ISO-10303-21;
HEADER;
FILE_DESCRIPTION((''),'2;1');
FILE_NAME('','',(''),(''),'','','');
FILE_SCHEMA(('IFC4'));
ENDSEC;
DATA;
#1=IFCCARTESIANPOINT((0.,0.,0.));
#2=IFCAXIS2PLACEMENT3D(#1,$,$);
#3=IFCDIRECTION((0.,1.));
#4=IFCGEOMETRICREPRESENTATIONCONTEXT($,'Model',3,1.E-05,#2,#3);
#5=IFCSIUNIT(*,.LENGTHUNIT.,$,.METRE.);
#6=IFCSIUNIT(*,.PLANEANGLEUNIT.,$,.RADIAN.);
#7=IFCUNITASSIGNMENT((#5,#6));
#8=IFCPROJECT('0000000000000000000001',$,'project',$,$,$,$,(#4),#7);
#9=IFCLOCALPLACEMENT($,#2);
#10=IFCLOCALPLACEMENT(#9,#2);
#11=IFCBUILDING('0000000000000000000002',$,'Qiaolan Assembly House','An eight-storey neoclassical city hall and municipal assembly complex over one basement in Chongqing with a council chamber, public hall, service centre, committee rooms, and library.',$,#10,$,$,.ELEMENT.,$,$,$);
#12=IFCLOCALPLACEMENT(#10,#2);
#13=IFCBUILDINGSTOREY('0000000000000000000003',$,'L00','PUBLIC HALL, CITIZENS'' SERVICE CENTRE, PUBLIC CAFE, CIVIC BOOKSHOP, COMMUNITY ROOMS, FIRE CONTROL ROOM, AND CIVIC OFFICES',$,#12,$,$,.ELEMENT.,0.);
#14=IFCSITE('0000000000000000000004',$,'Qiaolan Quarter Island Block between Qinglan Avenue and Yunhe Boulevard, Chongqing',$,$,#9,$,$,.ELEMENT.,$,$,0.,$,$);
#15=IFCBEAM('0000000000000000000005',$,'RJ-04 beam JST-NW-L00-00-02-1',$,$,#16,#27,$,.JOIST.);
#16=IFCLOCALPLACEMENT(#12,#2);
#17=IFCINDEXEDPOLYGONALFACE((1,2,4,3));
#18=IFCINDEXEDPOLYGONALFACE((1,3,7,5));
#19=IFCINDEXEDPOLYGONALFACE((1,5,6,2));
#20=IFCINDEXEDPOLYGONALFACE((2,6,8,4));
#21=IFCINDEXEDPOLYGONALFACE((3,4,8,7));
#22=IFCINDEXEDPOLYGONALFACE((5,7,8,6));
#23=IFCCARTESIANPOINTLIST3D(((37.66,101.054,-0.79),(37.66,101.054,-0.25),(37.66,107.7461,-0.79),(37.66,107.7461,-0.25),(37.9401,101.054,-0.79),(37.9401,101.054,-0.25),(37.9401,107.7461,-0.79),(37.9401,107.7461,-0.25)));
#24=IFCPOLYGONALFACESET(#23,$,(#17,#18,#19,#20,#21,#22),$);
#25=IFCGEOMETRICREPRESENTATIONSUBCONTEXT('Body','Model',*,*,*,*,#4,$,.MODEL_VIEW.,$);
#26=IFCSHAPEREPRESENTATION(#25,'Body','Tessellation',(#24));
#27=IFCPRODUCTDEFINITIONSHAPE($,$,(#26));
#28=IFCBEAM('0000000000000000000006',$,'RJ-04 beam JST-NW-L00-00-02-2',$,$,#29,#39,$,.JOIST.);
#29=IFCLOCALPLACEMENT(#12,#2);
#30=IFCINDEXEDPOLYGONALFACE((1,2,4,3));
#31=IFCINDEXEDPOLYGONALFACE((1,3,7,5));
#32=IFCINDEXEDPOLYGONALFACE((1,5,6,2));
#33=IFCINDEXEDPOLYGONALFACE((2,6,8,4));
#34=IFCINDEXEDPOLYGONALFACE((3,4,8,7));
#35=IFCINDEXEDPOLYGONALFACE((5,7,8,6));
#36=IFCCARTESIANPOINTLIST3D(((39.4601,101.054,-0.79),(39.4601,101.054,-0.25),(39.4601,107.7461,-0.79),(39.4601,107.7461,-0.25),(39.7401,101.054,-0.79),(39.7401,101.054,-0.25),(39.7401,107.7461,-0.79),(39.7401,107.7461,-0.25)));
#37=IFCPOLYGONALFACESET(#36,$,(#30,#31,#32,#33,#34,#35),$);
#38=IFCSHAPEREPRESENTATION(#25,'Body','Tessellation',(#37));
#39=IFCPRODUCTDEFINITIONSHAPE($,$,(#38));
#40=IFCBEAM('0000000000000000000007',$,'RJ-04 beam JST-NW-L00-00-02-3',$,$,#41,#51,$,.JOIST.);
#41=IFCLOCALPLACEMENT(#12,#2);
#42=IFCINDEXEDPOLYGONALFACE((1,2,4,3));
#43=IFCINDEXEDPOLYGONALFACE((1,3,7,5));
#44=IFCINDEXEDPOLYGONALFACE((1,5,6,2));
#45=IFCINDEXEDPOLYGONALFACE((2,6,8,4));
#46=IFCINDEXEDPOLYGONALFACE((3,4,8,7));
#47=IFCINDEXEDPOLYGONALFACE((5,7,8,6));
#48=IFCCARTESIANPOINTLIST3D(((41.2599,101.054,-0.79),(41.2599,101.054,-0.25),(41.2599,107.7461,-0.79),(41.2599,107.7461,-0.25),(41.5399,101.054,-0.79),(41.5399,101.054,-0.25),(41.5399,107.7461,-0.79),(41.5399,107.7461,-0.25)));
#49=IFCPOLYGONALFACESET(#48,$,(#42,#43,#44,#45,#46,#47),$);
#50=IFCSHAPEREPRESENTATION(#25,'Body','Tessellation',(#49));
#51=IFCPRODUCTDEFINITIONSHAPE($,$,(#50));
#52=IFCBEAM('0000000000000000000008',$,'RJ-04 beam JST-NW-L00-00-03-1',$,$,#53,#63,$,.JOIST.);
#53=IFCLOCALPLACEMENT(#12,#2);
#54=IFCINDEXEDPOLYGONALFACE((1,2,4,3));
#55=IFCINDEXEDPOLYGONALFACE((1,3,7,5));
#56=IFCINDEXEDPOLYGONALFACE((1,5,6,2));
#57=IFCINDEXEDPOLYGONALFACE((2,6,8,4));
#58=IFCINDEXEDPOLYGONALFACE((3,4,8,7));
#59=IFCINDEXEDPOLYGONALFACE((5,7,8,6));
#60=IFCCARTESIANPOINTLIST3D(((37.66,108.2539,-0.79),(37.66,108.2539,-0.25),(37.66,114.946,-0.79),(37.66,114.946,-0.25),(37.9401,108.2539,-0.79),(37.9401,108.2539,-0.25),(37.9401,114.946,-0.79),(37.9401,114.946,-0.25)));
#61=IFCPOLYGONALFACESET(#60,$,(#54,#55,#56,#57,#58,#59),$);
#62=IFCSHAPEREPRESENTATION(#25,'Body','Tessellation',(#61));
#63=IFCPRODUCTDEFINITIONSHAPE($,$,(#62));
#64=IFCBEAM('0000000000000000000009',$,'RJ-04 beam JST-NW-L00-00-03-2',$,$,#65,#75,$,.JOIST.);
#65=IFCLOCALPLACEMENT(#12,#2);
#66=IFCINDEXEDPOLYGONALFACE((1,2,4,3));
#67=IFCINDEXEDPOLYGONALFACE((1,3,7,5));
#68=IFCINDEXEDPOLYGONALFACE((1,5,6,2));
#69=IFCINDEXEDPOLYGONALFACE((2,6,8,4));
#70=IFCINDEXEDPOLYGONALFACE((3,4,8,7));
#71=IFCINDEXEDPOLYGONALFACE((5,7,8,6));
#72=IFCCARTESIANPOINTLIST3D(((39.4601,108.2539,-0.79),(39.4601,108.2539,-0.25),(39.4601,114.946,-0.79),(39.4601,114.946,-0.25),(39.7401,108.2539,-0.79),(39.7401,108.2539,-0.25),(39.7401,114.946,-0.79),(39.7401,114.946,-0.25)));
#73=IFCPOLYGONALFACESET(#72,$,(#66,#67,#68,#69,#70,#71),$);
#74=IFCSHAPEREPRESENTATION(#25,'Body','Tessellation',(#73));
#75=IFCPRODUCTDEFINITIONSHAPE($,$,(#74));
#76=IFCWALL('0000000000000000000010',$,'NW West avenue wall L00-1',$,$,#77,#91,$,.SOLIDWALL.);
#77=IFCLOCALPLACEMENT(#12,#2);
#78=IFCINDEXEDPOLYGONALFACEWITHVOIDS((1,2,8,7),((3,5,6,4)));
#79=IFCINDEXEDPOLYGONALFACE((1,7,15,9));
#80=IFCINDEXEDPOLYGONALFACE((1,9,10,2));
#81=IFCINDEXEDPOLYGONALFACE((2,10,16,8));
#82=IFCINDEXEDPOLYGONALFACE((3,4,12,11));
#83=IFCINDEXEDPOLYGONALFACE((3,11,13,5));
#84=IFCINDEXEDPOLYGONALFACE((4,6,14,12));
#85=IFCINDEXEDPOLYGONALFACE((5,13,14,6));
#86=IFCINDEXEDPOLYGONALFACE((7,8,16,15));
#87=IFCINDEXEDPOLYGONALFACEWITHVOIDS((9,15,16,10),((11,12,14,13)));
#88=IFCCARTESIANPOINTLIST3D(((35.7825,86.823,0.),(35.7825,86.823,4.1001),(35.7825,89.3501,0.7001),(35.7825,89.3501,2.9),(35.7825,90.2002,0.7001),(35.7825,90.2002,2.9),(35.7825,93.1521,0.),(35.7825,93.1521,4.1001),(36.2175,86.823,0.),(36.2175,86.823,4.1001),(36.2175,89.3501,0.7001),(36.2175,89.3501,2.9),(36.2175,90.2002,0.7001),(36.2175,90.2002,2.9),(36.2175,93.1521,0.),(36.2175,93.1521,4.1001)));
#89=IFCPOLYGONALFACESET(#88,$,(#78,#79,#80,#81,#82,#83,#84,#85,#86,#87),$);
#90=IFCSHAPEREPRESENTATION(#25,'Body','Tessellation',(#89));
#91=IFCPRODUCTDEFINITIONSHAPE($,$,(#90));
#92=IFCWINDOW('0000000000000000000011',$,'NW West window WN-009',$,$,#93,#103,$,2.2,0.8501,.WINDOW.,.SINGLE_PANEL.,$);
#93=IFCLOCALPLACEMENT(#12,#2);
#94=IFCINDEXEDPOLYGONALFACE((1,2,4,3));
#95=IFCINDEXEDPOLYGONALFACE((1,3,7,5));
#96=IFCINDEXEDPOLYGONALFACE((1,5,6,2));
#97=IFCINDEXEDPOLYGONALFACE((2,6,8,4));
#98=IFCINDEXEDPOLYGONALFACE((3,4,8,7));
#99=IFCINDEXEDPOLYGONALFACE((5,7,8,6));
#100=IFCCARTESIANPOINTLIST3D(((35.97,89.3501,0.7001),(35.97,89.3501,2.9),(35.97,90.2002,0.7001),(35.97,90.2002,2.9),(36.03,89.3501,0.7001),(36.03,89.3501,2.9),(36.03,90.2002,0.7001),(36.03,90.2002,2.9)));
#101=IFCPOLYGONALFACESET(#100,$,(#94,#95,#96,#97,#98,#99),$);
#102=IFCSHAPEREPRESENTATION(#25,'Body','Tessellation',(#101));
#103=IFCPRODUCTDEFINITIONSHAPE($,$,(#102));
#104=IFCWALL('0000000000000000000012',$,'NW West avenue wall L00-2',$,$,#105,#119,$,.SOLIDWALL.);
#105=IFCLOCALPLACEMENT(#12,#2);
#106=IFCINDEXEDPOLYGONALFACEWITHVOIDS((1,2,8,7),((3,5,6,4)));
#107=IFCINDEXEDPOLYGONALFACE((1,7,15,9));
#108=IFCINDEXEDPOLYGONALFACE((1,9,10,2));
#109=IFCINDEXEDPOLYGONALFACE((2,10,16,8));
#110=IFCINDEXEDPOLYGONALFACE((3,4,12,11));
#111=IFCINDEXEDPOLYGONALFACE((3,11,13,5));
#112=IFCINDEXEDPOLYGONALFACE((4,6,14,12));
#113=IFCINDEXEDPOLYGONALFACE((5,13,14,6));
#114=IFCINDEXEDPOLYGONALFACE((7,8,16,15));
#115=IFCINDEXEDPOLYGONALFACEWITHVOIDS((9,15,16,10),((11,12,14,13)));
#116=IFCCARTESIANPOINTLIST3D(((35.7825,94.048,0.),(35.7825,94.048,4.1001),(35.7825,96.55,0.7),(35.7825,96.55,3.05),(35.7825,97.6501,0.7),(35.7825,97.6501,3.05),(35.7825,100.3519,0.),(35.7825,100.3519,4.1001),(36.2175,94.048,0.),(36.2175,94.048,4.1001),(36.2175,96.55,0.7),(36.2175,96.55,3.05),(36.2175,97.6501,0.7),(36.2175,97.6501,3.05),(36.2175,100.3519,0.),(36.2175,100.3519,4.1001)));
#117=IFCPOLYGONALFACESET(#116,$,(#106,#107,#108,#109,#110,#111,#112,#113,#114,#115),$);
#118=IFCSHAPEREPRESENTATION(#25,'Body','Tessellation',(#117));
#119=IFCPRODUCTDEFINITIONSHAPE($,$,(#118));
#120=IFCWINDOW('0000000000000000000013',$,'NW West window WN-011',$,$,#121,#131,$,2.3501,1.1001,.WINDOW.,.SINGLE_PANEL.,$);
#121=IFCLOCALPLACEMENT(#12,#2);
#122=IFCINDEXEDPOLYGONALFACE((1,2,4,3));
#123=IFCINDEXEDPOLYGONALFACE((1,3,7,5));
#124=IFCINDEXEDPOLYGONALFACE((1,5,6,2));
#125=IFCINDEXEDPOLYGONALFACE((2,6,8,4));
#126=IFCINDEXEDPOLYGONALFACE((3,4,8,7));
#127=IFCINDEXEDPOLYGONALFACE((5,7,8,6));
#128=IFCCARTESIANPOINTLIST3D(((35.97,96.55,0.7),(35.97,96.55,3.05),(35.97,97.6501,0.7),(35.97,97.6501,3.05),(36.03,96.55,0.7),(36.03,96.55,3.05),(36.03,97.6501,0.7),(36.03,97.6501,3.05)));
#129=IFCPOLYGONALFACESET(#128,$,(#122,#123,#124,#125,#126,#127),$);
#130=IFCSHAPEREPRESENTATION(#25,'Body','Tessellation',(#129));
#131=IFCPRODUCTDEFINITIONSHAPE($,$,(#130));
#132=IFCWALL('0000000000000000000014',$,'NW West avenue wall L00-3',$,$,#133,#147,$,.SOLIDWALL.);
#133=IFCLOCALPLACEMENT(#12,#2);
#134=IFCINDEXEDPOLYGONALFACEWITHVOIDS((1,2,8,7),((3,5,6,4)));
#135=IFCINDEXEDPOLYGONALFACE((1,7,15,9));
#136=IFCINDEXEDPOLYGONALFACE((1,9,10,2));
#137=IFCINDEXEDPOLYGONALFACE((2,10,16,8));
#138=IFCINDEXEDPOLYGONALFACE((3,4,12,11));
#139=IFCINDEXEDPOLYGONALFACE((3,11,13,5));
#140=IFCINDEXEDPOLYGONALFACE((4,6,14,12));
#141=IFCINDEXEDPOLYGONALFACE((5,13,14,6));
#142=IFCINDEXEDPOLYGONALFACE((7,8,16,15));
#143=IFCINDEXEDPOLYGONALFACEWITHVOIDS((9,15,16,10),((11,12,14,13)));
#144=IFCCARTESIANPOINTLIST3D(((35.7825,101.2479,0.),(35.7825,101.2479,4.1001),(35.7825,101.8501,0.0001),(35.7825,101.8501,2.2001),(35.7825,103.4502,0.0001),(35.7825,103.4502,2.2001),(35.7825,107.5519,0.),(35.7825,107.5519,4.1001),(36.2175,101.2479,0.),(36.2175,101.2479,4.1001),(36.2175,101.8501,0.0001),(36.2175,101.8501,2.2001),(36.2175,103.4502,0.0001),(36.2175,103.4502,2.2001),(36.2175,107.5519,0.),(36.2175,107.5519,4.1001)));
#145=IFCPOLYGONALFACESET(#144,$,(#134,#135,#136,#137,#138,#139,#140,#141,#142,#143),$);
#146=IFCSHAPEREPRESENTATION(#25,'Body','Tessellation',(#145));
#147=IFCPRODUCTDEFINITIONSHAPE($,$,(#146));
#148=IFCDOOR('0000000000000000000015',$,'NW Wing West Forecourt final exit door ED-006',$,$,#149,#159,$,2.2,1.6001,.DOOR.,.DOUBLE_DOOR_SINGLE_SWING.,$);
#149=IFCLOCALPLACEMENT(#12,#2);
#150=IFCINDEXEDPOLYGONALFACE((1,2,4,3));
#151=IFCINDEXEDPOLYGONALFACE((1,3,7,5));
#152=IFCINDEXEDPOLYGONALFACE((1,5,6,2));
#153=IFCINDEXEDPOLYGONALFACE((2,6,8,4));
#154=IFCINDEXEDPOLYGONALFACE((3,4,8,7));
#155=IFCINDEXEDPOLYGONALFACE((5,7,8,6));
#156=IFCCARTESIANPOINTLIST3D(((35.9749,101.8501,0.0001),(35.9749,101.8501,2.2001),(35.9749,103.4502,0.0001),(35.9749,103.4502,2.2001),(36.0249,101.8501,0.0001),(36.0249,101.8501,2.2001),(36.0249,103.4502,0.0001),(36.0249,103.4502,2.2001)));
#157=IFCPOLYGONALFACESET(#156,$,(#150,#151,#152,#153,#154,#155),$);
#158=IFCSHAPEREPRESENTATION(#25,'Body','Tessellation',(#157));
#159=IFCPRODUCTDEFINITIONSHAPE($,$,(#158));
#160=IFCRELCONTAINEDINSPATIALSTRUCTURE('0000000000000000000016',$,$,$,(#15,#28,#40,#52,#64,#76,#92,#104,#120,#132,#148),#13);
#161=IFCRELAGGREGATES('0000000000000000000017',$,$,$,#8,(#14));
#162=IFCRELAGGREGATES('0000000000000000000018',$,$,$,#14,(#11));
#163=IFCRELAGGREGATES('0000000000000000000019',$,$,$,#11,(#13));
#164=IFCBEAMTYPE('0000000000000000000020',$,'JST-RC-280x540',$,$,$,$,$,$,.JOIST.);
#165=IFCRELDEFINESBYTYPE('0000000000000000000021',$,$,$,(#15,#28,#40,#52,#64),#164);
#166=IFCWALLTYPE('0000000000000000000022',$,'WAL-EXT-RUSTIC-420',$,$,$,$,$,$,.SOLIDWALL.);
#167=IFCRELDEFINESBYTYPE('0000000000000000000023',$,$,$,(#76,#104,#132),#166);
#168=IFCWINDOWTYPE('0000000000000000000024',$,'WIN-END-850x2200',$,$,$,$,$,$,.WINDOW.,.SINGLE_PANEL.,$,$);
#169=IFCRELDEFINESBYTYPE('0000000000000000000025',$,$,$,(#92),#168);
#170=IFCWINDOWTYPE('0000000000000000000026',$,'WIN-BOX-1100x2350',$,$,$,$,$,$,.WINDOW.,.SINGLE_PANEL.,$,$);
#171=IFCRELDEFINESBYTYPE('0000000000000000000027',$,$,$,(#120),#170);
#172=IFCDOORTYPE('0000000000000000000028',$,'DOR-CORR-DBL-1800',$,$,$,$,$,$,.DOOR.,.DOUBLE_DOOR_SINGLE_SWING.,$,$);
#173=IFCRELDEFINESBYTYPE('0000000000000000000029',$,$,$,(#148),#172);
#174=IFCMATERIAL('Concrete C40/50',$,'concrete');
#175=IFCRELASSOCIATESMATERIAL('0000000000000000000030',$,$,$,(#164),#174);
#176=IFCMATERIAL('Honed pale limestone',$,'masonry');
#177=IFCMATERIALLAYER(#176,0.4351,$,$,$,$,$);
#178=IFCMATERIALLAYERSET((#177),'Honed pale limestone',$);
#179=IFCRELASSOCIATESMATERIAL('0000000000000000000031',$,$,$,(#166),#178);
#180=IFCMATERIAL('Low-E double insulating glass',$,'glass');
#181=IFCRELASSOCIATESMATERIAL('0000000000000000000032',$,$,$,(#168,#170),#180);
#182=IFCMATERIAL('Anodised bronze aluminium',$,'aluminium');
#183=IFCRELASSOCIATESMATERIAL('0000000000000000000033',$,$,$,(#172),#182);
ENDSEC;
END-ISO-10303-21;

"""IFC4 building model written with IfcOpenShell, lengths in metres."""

from ifc_helpers import new_model, si_unit, direction, frame, frame_2d, origin, origin_2d, place, context, subcontext, project, spatial, rectangle, extrude, material, layer, layer_set, material_profile, profile_set, type_object, element, fill, save


model = new_model("IFC4")

# Units and contexts
model_context = context("Model", 3, precision=1e-05, world=origin(), true_north=direction((0.0, 1.0)))
body_context = subcontext(model_context, "Body", "Model", "MODEL_VIEW")
ifc_project = project(units=[si_unit("LENGTHUNIT", "METRE"), si_unit("PLANEANGLEUNIT", "RADIAN")], contexts=[model_context])

# Site, building, storey
site_placement = place(None, origin())
site = spatial("IfcSite", under=ifc_project, at=site_placement, Name="Qiaolan Quarter Island Block between Qinglan Avenue and Yunhe Boulevard, Chongqing", CompositionType="ELEMENT", RefElevation=0.0)
building_placement = place(site_placement, origin())
building = spatial("IfcBuilding", under=site, at=building_placement, Name="Qiaolan Assembly House", Description="An eight-storey neoclassical city hall and municipal assembly complex over one basement in Chongqing with a council chamber, public hall, service centre, committee rooms, and library.", CompositionType="ELEMENT")
storey_placement = place(building_placement, origin())
storey = spatial("IfcBuildingStorey", under=building, at=storey_placement, Name="L00", Description="PUBLIC HALL, CITIZENS' SERVICE CENTRE, PUBLIC CAFE, CIVIC BOOKSHOP, COMMUNITY ROOMS, FIRE CONTROL ROOM, AND CIVIC OFFICES", CompositionType="ELEMENT", Elevation=0.0)

# Beams
ifc_material_1 = material(Name="Concrete C40/50", Category="concrete")
ifc_material_profile_1 = material_profile(ifc_material_1, rectangle(XDim=0.28, YDim=0.54, at=origin_2d()), Name="RCB 280x540")
ifc_profile_set_1 = profile_set([ifc_material_profile_1], Name="Concrete C40/50")
beam_type_1 = type_object("IfcBeamType", Name="JST-RC-280x540", PredefinedType="JOIST", material=ifc_profile_set_1)
for number, where, z_axis, x_axis, name in (
    (1, (37.8, 101.054, -0.52), (0.0, 1.0, 0.0), (-1.0, 0.0, 0.0), "RJ-04 beam JST-NW-L00-00-02-1"),
    (2, (39.6001, 101.054, -0.52), (0.0, 1.0, 0.0), (-1.0, 0.0, 0.0), "RJ-04 beam JST-NW-L00-00-02-2"),
    (3, (41.3999, 101.054, -0.52), (0.0, 1.0, 0.0), (-1.0, 0.0, 0.0), "RJ-04 beam JST-NW-L00-00-02-3"),
    (4, (37.8, 108.2539, -0.52), (0.0, 1.0, 0.0), (-1.0, 0.0, 0.0), "RJ-04 beam JST-NW-L00-00-03-1"),
    (5, (39.6001, 108.2539, -0.52), (0.0, 1.0, 0.0), (-1.0, 0.0, 0.0), "RJ-04 beam JST-NW-L00-00-03-2"),
):
    element("IfcBeam", number, at=place(storey_placement, frame(where, z_axis=z_axis, x_axis=x_axis)), inside=storey, type_object=beam_type_1, Name=name, PredefinedType="JOIST", context=body_context, shape_type="SweptSolid", body=[
        extrude(rectangle(XDim=0.28, YDim=0.54, at=origin_2d()), origin(), (0.0, 0.0, 1.0), 6.6921),
    ])

# Walls, openings, windows
ifc_material_2 = material(Name="Honed pale limestone", Category="masonry")
ifc_layer_1 = layer(ifc_material_2, 0.4351)
ifc_layer_set_1 = layer_set([ifc_layer_1], Name="Honed pale limestone")
wall_type_1 = type_object("IfcWallType", Name="WAL-EXT-RUSTIC-420", PredefinedType="SOLIDWALL", material=ifc_layer_set_1)
wall_1_placement = place(storey_placement, frame((36.0, 86.823, 0.0), z_axis=(0.0, 0.0, 1.0), x_axis=(0.0, 1.0, 0.0)))
wall_1 = element("IfcWall", 6, at=wall_1_placement, inside=storey, type_object=wall_type_1, Name="NW West avenue wall L00-1", PredefinedType="SOLIDWALL", context=body_context, shape_type="SweptSolid", body=[
    extrude(rectangle(XDim=6.3291, YDim=0.4351, at=frame_2d((3.1646, 0.0))), origin(), (0.0, 0.0, 1.0), 4.1001),
])
opening_1_placement = place(wall_1_placement, frame((2.5271, 0.0, 0.7)))
opening_1 = element("IfcOpeningElement", 7, at=opening_1_placement, cuts=wall_1, PredefinedType="OPENING", context=body_context, shape_type="SweptSolid", body=[
    extrude(rectangle(XDim=0.8501, YDim=2.2, at=frame_2d((0.425, 1.1001))), frame((0.0, 0.2275, 0.0), z_axis=(0.0, -1.0, 0.0), x_axis=(1.0, 0.0, 0.0)), (0.0, 0.0, 1.0), 0.4551),
])
ifc_material_3 = material(Name="Low-E double insulating glass", Category="glass")
window_type_1 = type_object("IfcWindowType", Name="WIN-END-850x2200", PartitioningType="SINGLE_PANEL", PredefinedType="WINDOW", material=ifc_material_3)
window_1_placement = place(opening_1_placement, origin())
window_1 = element("IfcWindow", 8, at=window_1_placement, inside=storey, type_object=window_type_1, Name="NW West window WN-009", OverallHeight=2.2, OverallWidth=0.8501, PartitioningType="SINGLE_PANEL", PredefinedType="WINDOW", context=body_context, shape_type="SweptSolid", body=[
    extrude(rectangle(XDim=0.8501, YDim=2.2, at=frame_2d((0.425, 1.1001))), frame((0.0, 0.03, 0.0), z_axis=(0.0, -1.0, 0.0), x_axis=(1.0, 0.0, 0.0)), (0.0, 0.0, 1.0), 0.0601),
])
fill(opening_1, window_1)
wall_2_placement = place(storey_placement, frame((36.0, 94.0481, 0.0), z_axis=(0.0, 0.0, 1.0), x_axis=(0.0, 1.0, 0.0)))
wall_2 = element("IfcWall", 9, at=wall_2_placement, inside=storey, type_object=wall_type_1, Name="NW West avenue wall L00-2", PredefinedType="SOLIDWALL", context=body_context, shape_type="SweptSolid", body=[
    extrude(rectangle(XDim=6.304, YDim=0.4351, at=frame_2d((3.1519, 0.0))), origin(), (0.0, 0.0, 1.0), 4.1001),
])
opening_2_placement = place(wall_2_placement, frame((2.502, 0.0, 0.7)))
opening_2 = element("IfcOpeningElement", 10, at=opening_2_placement, cuts=wall_2, PredefinedType="OPENING", context=body_context, shape_type="SweptSolid", body=[
    extrude(rectangle(XDim=1.1001, YDim=2.3501, at=frame_2d((0.55, 1.175))), frame((0.0, 0.2275, 0.0), z_axis=(0.0, -1.0, 0.0), x_axis=(1.0, 0.0, 0.0)), (0.0, 0.0, 1.0), 0.4551),
])
window_type_2 = type_object("IfcWindowType", Name="WIN-BOX-1100x2350", PartitioningType="SINGLE_PANEL", PredefinedType="WINDOW", material=ifc_material_3)
window_2_placement = place(opening_2_placement, origin())
window_2 = element("IfcWindow", 11, at=window_2_placement, inside=storey, type_object=window_type_2, Name="NW West window WN-011", OverallHeight=2.3501, OverallWidth=1.1001, PartitioningType="SINGLE_PANEL", PredefinedType="WINDOW", context=body_context, shape_type="SweptSolid", body=[
    extrude(rectangle(XDim=1.1001, YDim=2.3501, at=frame_2d((0.55, 1.175))), frame((0.0, 0.03, 0.0), z_axis=(0.0, -1.0, 0.0), x_axis=(1.0, 0.0, 0.0)), (0.0, 0.0, 1.0), 0.0601),
])
fill(opening_2, window_2)

# Wall, opening, door
wall_3_placement = place(storey_placement, frame((36.0, 101.248, 0.0), z_axis=(0.0, 0.0, 1.0), x_axis=(0.0, 1.0, 0.0)))
wall_3 = element("IfcWall", 12, at=wall_3_placement, inside=storey, type_object=wall_type_1, Name="NW West avenue wall L00-3", PredefinedType="SOLIDWALL", context=body_context, shape_type="SweptSolid", body=[
    extrude(rectangle(XDim=6.304, YDim=0.4351, at=frame_2d((3.1519, 0.0))), origin(), (0.0, 0.0, 1.0), 4.1001),
])
opening_3_placement = place(wall_3_placement, frame((0.6021, 0.0, 0.0)))
opening_3 = element("IfcOpeningElement", 13, at=opening_3_placement, cuts=wall_3, PredefinedType="OPENING", context=body_context, shape_type="SweptSolid", body=[
    extrude(rectangle(XDim=1.6001, YDim=2.2, at=frame_2d((0.8, 1.1001))), frame((0.0, 0.2275, 0.0), z_axis=(0.0, -1.0, 0.0), x_axis=(1.0, 0.0, 0.0)), (0.0, 0.0, 1.0), 0.4551),
])
ifc_material_4 = material(Name="Anodised bronze aluminium", Category="aluminium")
door_type_1 = type_object("IfcDoorType", Name="DOR-CORR-DBL-1800", OperationType="DOUBLE_DOOR_SINGLE_SWING", PredefinedType="DOOR", material=ifc_material_4)
door_1_placement = place(opening_3_placement, frame((1.6001, 0.0, 0.0), z_axis=(0.0, 0.0, 1.0), x_axis=(-1.0, 0.0, 0.0)))
door_1 = element("IfcDoor", 14, at=door_1_placement, inside=storey, type_object=door_type_1, Name="NW Wing West Forecourt final exit door ED-006", OperationType="DOUBLE_DOOR_SINGLE_SWING", OverallHeight=2.2, OverallWidth=1.6001, PredefinedType="DOOR", context=body_context, shape_type="SweptSolid", body=[
    extrude(rectangle(XDim=1.6001, YDim=2.2, at=frame_2d((0.8, 1.1001))), frame((0.0, 0.0249, 0.0), z_axis=(0.0, -1.0, 0.0), x_axis=(1.0, 0.0, 0.0)), (0.0, 0.0, 1.0), 0.05),
])
fill(opening_3, door_1)

save(model, "model.ifc")
